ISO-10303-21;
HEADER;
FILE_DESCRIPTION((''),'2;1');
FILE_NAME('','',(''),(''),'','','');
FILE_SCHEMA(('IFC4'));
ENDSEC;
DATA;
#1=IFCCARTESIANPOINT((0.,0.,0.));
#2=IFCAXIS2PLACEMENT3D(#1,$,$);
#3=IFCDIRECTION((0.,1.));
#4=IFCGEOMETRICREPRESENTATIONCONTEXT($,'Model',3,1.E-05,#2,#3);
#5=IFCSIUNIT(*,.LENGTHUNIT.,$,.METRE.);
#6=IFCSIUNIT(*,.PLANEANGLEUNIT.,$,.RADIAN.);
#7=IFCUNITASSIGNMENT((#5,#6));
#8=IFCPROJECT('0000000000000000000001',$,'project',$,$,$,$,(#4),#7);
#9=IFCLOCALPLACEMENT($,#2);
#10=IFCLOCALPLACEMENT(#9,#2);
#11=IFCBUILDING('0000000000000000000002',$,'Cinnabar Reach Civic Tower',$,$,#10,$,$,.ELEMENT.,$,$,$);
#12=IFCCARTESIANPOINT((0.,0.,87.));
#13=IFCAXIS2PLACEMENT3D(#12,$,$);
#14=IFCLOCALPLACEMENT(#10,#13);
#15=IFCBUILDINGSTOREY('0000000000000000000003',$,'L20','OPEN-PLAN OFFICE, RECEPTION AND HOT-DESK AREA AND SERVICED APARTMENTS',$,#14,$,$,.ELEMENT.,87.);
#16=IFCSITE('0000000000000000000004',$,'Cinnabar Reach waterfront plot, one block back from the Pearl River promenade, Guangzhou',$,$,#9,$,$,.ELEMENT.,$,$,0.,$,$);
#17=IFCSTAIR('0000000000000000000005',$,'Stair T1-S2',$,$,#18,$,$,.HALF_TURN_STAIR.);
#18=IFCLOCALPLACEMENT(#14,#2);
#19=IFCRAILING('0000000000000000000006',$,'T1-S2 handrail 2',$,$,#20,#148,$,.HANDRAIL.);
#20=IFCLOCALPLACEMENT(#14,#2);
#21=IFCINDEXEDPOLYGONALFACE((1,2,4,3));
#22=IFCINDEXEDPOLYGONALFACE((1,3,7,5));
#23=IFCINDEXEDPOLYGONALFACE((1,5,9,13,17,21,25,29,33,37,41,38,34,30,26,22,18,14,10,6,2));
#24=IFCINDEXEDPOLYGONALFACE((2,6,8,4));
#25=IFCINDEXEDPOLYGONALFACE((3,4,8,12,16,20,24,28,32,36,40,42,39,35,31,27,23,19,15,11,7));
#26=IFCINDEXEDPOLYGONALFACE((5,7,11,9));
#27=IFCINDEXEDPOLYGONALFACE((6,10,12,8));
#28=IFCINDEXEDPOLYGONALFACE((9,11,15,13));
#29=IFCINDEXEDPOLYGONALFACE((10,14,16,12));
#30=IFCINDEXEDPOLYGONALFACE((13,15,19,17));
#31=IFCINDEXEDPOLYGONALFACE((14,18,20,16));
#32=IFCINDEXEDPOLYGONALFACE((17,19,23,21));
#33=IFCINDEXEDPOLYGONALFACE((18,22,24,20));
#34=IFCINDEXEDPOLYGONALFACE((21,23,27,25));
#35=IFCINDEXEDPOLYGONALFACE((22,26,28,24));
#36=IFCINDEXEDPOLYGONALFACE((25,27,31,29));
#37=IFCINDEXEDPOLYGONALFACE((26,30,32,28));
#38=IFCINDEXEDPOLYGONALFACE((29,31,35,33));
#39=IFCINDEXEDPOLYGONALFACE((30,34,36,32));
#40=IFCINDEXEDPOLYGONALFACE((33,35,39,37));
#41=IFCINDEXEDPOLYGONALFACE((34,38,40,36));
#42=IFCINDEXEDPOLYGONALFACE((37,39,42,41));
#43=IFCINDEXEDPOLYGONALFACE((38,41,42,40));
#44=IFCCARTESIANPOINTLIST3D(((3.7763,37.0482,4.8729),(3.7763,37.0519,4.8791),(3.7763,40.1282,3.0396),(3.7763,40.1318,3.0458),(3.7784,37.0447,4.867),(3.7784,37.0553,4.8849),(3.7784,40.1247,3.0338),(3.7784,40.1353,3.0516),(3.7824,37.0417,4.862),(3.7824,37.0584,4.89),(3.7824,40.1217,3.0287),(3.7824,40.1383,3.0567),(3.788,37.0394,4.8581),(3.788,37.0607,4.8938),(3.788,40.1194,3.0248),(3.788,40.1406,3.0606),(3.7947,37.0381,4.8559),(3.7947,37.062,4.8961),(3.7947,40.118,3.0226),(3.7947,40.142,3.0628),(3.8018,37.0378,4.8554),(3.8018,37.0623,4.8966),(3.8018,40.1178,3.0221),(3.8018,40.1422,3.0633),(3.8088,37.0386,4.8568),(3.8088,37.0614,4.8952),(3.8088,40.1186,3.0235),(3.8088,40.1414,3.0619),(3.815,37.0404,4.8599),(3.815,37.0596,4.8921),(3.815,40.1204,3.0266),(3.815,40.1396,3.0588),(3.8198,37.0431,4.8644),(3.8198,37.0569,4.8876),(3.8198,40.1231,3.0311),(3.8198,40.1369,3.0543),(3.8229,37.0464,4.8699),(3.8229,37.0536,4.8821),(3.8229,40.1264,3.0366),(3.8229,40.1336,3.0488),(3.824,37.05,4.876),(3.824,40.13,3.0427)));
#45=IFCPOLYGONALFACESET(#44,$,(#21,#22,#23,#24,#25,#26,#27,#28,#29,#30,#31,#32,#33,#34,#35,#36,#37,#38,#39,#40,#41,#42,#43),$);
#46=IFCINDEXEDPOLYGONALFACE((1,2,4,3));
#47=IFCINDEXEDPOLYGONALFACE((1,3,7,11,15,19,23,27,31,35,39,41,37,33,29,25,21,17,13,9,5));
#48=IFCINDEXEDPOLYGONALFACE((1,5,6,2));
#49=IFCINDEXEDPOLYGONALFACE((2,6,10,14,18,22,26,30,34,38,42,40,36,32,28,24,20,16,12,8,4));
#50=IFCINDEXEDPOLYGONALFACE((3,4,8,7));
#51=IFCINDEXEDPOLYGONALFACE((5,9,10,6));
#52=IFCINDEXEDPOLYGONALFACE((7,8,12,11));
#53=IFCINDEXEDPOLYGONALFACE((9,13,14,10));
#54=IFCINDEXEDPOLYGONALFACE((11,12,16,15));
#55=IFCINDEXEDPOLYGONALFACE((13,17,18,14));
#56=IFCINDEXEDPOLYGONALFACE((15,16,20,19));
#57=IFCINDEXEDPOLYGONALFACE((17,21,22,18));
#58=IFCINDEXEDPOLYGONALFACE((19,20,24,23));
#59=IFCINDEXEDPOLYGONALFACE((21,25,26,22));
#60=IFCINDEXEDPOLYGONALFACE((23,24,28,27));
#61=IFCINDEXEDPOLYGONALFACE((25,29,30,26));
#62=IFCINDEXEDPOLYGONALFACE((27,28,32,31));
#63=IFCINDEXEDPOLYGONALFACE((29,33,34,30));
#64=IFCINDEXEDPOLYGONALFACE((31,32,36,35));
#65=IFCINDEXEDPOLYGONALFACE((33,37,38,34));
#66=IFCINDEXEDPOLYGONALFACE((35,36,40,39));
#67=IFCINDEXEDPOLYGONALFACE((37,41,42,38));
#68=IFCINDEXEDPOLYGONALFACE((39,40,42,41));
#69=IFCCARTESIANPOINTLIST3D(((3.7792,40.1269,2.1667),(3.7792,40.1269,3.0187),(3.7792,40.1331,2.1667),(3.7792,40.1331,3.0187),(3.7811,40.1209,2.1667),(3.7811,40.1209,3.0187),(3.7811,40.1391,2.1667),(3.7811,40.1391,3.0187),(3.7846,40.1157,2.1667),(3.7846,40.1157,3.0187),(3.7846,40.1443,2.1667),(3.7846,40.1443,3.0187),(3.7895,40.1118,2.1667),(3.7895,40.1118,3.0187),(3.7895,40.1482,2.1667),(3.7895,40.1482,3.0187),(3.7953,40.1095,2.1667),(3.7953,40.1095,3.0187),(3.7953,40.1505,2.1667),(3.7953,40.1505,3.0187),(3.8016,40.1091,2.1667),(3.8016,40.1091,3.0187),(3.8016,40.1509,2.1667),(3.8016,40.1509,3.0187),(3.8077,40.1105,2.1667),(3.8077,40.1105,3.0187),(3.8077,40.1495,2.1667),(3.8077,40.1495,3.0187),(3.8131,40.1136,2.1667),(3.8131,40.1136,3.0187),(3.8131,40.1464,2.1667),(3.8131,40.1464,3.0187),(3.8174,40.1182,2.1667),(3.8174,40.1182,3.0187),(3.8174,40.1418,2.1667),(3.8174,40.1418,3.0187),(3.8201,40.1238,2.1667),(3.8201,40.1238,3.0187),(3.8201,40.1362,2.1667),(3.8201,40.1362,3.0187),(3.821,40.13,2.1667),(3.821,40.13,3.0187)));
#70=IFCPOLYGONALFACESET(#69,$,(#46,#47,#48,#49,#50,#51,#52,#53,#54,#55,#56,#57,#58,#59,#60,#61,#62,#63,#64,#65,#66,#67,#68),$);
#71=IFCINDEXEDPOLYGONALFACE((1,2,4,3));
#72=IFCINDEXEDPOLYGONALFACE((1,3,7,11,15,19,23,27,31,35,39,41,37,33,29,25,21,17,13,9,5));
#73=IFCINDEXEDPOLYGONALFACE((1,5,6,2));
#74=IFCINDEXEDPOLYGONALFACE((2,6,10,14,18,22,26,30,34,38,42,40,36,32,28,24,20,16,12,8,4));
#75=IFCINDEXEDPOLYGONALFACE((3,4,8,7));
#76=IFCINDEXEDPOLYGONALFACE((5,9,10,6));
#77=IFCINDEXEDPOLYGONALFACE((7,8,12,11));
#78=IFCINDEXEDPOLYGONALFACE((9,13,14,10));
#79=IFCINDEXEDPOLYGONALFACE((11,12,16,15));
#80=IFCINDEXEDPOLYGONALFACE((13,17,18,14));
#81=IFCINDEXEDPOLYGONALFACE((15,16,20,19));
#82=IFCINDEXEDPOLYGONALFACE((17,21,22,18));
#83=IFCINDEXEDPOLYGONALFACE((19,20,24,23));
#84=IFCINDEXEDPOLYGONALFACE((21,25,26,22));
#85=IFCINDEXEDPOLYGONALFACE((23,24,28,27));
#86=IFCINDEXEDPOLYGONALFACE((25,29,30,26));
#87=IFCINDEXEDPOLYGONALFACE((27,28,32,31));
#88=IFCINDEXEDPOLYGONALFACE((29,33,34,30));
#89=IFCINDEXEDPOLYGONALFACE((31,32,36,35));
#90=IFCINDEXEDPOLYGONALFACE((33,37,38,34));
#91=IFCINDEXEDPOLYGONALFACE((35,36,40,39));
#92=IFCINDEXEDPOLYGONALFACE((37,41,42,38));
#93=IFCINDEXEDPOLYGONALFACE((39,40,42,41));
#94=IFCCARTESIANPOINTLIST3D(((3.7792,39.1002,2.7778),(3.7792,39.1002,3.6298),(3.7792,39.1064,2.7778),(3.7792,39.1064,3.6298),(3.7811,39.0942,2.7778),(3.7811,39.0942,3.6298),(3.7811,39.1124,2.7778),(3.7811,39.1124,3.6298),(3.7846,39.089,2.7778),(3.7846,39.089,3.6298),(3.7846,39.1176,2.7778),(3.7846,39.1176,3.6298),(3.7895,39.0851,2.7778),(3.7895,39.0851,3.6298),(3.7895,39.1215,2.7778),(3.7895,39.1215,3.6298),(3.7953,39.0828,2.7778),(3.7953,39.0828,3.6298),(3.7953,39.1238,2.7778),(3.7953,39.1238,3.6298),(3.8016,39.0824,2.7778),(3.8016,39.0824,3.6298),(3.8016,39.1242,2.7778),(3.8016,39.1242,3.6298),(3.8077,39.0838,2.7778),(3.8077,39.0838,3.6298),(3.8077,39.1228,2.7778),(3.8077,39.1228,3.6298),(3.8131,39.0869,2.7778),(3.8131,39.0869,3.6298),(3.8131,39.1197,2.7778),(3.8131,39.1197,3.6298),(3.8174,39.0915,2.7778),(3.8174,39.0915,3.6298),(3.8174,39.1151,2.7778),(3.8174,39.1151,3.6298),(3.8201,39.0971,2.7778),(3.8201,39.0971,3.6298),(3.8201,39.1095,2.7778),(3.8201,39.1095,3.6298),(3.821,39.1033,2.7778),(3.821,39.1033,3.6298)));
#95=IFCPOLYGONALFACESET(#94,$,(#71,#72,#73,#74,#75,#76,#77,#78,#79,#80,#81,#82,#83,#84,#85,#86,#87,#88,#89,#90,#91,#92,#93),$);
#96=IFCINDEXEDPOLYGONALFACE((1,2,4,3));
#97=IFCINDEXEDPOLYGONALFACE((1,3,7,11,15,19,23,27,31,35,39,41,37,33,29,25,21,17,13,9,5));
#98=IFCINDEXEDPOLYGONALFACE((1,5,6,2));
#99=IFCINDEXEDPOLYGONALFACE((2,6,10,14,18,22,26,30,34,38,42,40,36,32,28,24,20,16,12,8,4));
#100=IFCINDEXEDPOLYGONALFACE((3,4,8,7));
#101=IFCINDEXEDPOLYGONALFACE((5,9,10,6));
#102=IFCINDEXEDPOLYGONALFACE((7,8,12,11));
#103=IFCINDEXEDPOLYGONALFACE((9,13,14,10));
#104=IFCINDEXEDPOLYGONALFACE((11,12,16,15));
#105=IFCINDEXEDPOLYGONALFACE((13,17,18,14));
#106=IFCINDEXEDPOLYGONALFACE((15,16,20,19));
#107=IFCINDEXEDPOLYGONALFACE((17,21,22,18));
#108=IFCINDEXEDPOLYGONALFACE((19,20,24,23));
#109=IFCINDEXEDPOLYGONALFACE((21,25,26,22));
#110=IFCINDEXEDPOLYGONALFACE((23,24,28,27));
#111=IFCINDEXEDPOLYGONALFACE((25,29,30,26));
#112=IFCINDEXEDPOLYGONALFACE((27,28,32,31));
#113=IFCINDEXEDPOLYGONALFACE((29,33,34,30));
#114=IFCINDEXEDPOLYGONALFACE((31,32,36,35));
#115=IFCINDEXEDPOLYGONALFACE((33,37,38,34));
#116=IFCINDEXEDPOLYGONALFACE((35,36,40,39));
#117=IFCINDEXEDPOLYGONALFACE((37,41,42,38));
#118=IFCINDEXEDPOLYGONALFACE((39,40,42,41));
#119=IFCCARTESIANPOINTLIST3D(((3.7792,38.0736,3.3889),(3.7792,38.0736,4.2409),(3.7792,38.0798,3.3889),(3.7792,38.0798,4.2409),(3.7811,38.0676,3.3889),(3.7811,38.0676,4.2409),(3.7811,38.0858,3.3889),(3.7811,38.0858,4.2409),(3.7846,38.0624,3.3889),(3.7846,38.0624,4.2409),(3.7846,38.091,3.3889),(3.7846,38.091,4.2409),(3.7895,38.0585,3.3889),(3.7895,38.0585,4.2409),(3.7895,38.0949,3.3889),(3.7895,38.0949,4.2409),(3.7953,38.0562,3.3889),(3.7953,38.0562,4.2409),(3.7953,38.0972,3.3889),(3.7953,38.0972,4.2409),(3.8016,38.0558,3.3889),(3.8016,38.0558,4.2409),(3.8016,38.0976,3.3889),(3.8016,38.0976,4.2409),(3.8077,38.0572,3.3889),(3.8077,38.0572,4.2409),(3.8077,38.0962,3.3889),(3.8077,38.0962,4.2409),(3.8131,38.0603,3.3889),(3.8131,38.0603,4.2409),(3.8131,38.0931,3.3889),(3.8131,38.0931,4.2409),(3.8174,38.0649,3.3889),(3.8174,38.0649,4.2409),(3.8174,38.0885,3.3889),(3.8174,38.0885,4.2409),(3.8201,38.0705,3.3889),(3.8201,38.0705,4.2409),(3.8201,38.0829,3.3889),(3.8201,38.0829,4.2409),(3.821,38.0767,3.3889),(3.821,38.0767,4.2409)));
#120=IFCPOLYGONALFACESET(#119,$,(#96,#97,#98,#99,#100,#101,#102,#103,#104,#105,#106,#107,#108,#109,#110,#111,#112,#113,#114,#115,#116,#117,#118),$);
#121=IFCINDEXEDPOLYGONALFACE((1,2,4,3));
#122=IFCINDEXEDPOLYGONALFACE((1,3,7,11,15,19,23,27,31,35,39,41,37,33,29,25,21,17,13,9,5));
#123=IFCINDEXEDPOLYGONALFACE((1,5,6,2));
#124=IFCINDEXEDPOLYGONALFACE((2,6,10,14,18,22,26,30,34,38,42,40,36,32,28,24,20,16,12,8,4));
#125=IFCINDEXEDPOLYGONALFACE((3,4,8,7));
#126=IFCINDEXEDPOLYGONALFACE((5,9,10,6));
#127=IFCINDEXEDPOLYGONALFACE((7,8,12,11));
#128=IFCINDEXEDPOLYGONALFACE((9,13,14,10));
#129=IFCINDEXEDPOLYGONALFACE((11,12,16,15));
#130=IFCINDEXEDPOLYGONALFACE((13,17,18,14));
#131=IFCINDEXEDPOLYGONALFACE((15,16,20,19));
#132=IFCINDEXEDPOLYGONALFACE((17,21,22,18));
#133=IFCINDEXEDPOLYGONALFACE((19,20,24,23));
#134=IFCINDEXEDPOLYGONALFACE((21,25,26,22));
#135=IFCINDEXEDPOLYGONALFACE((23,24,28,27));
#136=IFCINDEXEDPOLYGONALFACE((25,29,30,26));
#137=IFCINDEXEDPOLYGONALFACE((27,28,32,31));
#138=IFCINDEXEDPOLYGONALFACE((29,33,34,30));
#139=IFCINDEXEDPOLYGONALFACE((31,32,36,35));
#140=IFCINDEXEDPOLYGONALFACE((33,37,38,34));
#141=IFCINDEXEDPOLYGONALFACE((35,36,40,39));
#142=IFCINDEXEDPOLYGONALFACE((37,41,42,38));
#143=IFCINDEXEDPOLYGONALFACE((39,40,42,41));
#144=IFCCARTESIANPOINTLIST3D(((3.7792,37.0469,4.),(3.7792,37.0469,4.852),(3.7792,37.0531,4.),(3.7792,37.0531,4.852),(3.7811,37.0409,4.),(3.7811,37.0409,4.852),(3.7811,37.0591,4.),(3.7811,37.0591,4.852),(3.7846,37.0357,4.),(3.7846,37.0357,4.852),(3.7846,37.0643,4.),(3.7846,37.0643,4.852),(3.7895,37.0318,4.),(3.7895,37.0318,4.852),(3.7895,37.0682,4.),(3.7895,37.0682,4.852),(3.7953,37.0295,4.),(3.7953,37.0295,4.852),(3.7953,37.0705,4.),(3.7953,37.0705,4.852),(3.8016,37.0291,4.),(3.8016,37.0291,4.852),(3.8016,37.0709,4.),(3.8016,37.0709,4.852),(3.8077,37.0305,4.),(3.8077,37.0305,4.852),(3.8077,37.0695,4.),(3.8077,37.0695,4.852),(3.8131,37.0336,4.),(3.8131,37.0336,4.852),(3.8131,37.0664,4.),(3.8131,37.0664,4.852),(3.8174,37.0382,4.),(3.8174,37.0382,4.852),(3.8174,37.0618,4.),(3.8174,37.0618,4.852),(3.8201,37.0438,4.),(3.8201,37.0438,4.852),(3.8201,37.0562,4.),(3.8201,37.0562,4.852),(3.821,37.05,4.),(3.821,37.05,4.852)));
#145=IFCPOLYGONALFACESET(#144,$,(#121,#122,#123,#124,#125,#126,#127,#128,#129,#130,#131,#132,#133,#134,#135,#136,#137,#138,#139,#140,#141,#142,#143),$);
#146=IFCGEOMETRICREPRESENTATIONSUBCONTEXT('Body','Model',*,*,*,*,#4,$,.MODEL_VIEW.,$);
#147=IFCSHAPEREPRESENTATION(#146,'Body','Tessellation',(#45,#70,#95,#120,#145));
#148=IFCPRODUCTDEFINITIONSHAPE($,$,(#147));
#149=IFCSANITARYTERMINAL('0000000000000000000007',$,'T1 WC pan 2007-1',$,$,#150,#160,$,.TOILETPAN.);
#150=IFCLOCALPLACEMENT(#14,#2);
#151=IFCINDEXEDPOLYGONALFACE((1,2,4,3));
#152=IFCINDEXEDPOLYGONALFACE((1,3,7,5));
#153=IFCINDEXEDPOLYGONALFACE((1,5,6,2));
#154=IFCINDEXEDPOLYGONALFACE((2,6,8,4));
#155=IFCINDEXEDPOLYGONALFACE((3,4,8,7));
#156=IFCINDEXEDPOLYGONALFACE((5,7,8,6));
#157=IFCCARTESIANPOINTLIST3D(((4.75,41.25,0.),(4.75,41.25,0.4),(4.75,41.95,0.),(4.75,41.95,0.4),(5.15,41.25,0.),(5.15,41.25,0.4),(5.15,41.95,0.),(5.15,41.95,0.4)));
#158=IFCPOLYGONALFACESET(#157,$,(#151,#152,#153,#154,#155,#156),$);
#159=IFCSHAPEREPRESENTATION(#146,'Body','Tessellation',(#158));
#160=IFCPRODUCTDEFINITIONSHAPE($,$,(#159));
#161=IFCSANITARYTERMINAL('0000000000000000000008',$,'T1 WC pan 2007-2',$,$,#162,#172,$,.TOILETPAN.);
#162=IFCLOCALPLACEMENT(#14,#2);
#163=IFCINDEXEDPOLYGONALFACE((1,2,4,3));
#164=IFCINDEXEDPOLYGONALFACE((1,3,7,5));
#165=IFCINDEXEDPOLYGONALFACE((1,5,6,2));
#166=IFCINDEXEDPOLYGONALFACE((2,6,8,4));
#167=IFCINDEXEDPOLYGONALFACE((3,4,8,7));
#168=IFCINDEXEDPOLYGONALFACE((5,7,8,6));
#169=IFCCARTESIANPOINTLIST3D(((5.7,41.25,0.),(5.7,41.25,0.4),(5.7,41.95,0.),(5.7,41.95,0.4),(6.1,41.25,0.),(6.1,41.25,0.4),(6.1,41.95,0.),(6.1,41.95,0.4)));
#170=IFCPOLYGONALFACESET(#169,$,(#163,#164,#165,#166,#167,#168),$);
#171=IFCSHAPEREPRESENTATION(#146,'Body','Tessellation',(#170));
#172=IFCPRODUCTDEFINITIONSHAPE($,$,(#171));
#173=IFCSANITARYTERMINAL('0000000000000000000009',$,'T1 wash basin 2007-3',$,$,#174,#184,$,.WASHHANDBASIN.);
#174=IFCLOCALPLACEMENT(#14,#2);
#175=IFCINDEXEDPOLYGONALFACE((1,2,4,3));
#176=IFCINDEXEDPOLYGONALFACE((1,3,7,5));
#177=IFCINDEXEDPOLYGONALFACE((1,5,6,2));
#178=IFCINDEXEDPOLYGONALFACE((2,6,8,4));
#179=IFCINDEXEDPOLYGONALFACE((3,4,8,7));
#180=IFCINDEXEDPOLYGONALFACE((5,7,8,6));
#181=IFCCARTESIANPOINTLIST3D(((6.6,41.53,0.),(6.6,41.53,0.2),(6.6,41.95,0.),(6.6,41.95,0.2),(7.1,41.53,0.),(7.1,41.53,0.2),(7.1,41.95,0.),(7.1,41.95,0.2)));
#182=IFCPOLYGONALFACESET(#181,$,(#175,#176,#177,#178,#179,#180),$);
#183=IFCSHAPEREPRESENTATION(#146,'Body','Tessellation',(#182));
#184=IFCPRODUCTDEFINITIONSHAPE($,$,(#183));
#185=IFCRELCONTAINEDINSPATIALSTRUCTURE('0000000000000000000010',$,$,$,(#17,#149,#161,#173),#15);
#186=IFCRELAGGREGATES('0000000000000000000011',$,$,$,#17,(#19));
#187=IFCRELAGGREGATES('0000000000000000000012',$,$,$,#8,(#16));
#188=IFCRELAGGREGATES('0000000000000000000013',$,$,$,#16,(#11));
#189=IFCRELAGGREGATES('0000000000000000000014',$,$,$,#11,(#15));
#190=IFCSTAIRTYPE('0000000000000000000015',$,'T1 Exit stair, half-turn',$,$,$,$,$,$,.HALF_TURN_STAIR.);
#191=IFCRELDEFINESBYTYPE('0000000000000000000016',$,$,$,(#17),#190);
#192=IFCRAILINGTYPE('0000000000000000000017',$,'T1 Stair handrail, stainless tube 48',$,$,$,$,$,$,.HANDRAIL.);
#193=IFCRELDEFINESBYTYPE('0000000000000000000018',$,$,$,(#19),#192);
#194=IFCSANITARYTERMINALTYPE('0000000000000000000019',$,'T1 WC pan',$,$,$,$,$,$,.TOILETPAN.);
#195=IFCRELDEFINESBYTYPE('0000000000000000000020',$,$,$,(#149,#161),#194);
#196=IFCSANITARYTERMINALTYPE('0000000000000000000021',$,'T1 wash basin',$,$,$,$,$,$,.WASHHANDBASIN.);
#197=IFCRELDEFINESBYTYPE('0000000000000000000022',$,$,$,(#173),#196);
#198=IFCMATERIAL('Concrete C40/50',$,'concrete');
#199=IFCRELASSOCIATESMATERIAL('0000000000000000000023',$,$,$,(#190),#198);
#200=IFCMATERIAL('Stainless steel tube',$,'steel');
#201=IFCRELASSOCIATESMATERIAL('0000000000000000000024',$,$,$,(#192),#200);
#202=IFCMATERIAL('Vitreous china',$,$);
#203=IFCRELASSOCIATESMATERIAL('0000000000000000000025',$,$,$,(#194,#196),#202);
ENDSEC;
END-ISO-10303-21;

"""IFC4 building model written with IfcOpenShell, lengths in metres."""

from ifc_helpers import new_model, si_unit, direction, frame, origin, origin_2d, place, context, subcontext, project, spatial, rectangle, circle, extrude, material, type_object, element, aggregate, save


model = new_model("IFC4")

# Units and contexts
model_context = context("Model", 3, precision=1e-05, world=origin(), true_north=direction((0.0, 1.0)))
body_context = subcontext(model_context, "Body", "Model", "MODEL_VIEW")
ifc_project = project(units=[si_unit("LENGTHUNIT", "METRE"), si_unit("PLANEANGLEUNIT", "RADIAN")], contexts=[model_context])

# Site, building, storey
site_placement = place(None, origin())
site = spatial("IfcSite", under=ifc_project, at=site_placement, Name="Cinnabar Reach waterfront plot, one block back from the Pearl River promenade, Guangzhou", CompositionType="ELEMENT", RefElevation=0.0)
building_placement = place(site_placement, origin())
building = spatial("IfcBuilding", under=site, at=building_placement, Name="Cinnabar Reach Civic Tower", CompositionType="ELEMENT")
storey_placement = place(building_placement, frame((0.0, 0.0, 87.0)))
storey = spatial("IfcBuildingStorey", under=building, at=storey_placement, Name="L20", Description="OPEN-PLAN OFFICE, RECEPTION AND HOT-DESK AREA AND SERVICED APARTMENTS", CompositionType="ELEMENT", Elevation=87.0)

# Stair, railing
ifc_material_1 = material(Name="Concrete C40/50", Category="concrete")
stair_type = type_object("IfcStairType", Name="T1 Exit stair, half-turn", PredefinedType="HALF_TURN_STAIR", material=ifc_material_1)
stair_placement = place(storey_placement, origin())
stair = element("IfcStair", 1, at=stair_placement, inside=storey, type_object=stair_type, Name="Stair T1-S2", PredefinedType="HALF_TURN_STAIR")
ifc_material_2 = material(Name="Stainless steel tube", Category="steel")
railing_type = type_object("IfcRailingType", Name="T1 Stair handrail, stainless tube 48", PredefinedType="HANDRAIL", material=ifc_material_2)
railing_placement = place(storey_placement, frame((3.8, 40.13, 2.1667)))
railing = element("IfcRailing", 2, at=railing_placement, type_object=railing_type, Name="T1-S2 handrail 2", PredefinedType="HANDRAIL", context=body_context, shape_type="SweptSolid", body=[
    extrude(circle(Radius=0.024, at=origin_2d()), frame((0.0, 0.0, 0.876), z_axis=(0.0, -0.859297, 0.511477), x_axis=(1.0, 0.0, 0.0)), (0.0, 0.0, 1.0), 3.5843),
    extrude(circle(Radius=0.021, at=origin_2d()), origin(), (0.0, 0.0, 1.0), 0.852),
    extrude(circle(Radius=0.021, at=origin_2d()), frame((0.0, -1.0267, 0.6111)), (0.0, 0.0, 1.0), 0.852),
    extrude(circle(Radius=0.021, at=origin_2d()), frame((0.0, -2.0533, 1.2222)), (0.0, 0.0, 1.0), 0.852),
    extrude(circle(Radius=0.021, at=origin_2d()), frame((0.0, -3.08, 1.8333)), (0.0, 0.0, 1.0), 0.852),
])
aggregate(stair, [railing])

# Sanitary terminals
ifc_material_3 = material(Name="Vitreous china")
sanitary_terminal_type_1 = type_object("IfcSanitaryTerminalType", Name="T1 WC pan", PredefinedType="TOILETPAN", material=ifc_material_3)
for number, where, z_axis, x_axis, name in (
    (3, (4.95, 41.6, 0.0), (0.0, 0.0, 1.0), (1.0, 0.0, 0.0), "T1 WC pan 2007-1"),
    (4, (5.9, 41.6, 0.0), (0.0, 0.0, 1.0), (1.0, 0.0, 0.0), "T1 WC pan 2007-2"),
):
    element("IfcSanitaryTerminal", number, at=place(storey_placement, frame(where, z_axis=z_axis, x_axis=x_axis)), inside=storey, type_object=sanitary_terminal_type_1, Name=name, PredefinedType="TOILETPAN", context=body_context, shape_type="SweptSolid", body=[
        extrude(rectangle(XDim=0.4, YDim=0.7, at=origin_2d()), origin(), (0.0, 0.0, 1.0), 0.4),
    ])
sanitary_terminal_type_2 = type_object("IfcSanitaryTerminalType", Name="T1 wash basin", PredefinedType="WASHHANDBASIN", material=ifc_material_3)
sanitary_terminal_placement = place(storey_placement, frame((6.85, 41.74, 0.0), z_axis=(0.0, 0.0, 1.0), x_axis=(1.0, 0.0, 0.0)))
element("IfcSanitaryTerminal", 5, at=sanitary_terminal_placement, inside=storey, type_object=sanitary_terminal_type_2, Name="T1 wash basin 2007-3", PredefinedType="WASHHANDBASIN", context=body_context, shape_type="SweptSolid", body=[
    extrude(rectangle(XDim=0.5, YDim=0.42, at=origin_2d()), origin(), (0.0, 0.0, 1.0), 0.2),
])

save(model, "model.ifc")
